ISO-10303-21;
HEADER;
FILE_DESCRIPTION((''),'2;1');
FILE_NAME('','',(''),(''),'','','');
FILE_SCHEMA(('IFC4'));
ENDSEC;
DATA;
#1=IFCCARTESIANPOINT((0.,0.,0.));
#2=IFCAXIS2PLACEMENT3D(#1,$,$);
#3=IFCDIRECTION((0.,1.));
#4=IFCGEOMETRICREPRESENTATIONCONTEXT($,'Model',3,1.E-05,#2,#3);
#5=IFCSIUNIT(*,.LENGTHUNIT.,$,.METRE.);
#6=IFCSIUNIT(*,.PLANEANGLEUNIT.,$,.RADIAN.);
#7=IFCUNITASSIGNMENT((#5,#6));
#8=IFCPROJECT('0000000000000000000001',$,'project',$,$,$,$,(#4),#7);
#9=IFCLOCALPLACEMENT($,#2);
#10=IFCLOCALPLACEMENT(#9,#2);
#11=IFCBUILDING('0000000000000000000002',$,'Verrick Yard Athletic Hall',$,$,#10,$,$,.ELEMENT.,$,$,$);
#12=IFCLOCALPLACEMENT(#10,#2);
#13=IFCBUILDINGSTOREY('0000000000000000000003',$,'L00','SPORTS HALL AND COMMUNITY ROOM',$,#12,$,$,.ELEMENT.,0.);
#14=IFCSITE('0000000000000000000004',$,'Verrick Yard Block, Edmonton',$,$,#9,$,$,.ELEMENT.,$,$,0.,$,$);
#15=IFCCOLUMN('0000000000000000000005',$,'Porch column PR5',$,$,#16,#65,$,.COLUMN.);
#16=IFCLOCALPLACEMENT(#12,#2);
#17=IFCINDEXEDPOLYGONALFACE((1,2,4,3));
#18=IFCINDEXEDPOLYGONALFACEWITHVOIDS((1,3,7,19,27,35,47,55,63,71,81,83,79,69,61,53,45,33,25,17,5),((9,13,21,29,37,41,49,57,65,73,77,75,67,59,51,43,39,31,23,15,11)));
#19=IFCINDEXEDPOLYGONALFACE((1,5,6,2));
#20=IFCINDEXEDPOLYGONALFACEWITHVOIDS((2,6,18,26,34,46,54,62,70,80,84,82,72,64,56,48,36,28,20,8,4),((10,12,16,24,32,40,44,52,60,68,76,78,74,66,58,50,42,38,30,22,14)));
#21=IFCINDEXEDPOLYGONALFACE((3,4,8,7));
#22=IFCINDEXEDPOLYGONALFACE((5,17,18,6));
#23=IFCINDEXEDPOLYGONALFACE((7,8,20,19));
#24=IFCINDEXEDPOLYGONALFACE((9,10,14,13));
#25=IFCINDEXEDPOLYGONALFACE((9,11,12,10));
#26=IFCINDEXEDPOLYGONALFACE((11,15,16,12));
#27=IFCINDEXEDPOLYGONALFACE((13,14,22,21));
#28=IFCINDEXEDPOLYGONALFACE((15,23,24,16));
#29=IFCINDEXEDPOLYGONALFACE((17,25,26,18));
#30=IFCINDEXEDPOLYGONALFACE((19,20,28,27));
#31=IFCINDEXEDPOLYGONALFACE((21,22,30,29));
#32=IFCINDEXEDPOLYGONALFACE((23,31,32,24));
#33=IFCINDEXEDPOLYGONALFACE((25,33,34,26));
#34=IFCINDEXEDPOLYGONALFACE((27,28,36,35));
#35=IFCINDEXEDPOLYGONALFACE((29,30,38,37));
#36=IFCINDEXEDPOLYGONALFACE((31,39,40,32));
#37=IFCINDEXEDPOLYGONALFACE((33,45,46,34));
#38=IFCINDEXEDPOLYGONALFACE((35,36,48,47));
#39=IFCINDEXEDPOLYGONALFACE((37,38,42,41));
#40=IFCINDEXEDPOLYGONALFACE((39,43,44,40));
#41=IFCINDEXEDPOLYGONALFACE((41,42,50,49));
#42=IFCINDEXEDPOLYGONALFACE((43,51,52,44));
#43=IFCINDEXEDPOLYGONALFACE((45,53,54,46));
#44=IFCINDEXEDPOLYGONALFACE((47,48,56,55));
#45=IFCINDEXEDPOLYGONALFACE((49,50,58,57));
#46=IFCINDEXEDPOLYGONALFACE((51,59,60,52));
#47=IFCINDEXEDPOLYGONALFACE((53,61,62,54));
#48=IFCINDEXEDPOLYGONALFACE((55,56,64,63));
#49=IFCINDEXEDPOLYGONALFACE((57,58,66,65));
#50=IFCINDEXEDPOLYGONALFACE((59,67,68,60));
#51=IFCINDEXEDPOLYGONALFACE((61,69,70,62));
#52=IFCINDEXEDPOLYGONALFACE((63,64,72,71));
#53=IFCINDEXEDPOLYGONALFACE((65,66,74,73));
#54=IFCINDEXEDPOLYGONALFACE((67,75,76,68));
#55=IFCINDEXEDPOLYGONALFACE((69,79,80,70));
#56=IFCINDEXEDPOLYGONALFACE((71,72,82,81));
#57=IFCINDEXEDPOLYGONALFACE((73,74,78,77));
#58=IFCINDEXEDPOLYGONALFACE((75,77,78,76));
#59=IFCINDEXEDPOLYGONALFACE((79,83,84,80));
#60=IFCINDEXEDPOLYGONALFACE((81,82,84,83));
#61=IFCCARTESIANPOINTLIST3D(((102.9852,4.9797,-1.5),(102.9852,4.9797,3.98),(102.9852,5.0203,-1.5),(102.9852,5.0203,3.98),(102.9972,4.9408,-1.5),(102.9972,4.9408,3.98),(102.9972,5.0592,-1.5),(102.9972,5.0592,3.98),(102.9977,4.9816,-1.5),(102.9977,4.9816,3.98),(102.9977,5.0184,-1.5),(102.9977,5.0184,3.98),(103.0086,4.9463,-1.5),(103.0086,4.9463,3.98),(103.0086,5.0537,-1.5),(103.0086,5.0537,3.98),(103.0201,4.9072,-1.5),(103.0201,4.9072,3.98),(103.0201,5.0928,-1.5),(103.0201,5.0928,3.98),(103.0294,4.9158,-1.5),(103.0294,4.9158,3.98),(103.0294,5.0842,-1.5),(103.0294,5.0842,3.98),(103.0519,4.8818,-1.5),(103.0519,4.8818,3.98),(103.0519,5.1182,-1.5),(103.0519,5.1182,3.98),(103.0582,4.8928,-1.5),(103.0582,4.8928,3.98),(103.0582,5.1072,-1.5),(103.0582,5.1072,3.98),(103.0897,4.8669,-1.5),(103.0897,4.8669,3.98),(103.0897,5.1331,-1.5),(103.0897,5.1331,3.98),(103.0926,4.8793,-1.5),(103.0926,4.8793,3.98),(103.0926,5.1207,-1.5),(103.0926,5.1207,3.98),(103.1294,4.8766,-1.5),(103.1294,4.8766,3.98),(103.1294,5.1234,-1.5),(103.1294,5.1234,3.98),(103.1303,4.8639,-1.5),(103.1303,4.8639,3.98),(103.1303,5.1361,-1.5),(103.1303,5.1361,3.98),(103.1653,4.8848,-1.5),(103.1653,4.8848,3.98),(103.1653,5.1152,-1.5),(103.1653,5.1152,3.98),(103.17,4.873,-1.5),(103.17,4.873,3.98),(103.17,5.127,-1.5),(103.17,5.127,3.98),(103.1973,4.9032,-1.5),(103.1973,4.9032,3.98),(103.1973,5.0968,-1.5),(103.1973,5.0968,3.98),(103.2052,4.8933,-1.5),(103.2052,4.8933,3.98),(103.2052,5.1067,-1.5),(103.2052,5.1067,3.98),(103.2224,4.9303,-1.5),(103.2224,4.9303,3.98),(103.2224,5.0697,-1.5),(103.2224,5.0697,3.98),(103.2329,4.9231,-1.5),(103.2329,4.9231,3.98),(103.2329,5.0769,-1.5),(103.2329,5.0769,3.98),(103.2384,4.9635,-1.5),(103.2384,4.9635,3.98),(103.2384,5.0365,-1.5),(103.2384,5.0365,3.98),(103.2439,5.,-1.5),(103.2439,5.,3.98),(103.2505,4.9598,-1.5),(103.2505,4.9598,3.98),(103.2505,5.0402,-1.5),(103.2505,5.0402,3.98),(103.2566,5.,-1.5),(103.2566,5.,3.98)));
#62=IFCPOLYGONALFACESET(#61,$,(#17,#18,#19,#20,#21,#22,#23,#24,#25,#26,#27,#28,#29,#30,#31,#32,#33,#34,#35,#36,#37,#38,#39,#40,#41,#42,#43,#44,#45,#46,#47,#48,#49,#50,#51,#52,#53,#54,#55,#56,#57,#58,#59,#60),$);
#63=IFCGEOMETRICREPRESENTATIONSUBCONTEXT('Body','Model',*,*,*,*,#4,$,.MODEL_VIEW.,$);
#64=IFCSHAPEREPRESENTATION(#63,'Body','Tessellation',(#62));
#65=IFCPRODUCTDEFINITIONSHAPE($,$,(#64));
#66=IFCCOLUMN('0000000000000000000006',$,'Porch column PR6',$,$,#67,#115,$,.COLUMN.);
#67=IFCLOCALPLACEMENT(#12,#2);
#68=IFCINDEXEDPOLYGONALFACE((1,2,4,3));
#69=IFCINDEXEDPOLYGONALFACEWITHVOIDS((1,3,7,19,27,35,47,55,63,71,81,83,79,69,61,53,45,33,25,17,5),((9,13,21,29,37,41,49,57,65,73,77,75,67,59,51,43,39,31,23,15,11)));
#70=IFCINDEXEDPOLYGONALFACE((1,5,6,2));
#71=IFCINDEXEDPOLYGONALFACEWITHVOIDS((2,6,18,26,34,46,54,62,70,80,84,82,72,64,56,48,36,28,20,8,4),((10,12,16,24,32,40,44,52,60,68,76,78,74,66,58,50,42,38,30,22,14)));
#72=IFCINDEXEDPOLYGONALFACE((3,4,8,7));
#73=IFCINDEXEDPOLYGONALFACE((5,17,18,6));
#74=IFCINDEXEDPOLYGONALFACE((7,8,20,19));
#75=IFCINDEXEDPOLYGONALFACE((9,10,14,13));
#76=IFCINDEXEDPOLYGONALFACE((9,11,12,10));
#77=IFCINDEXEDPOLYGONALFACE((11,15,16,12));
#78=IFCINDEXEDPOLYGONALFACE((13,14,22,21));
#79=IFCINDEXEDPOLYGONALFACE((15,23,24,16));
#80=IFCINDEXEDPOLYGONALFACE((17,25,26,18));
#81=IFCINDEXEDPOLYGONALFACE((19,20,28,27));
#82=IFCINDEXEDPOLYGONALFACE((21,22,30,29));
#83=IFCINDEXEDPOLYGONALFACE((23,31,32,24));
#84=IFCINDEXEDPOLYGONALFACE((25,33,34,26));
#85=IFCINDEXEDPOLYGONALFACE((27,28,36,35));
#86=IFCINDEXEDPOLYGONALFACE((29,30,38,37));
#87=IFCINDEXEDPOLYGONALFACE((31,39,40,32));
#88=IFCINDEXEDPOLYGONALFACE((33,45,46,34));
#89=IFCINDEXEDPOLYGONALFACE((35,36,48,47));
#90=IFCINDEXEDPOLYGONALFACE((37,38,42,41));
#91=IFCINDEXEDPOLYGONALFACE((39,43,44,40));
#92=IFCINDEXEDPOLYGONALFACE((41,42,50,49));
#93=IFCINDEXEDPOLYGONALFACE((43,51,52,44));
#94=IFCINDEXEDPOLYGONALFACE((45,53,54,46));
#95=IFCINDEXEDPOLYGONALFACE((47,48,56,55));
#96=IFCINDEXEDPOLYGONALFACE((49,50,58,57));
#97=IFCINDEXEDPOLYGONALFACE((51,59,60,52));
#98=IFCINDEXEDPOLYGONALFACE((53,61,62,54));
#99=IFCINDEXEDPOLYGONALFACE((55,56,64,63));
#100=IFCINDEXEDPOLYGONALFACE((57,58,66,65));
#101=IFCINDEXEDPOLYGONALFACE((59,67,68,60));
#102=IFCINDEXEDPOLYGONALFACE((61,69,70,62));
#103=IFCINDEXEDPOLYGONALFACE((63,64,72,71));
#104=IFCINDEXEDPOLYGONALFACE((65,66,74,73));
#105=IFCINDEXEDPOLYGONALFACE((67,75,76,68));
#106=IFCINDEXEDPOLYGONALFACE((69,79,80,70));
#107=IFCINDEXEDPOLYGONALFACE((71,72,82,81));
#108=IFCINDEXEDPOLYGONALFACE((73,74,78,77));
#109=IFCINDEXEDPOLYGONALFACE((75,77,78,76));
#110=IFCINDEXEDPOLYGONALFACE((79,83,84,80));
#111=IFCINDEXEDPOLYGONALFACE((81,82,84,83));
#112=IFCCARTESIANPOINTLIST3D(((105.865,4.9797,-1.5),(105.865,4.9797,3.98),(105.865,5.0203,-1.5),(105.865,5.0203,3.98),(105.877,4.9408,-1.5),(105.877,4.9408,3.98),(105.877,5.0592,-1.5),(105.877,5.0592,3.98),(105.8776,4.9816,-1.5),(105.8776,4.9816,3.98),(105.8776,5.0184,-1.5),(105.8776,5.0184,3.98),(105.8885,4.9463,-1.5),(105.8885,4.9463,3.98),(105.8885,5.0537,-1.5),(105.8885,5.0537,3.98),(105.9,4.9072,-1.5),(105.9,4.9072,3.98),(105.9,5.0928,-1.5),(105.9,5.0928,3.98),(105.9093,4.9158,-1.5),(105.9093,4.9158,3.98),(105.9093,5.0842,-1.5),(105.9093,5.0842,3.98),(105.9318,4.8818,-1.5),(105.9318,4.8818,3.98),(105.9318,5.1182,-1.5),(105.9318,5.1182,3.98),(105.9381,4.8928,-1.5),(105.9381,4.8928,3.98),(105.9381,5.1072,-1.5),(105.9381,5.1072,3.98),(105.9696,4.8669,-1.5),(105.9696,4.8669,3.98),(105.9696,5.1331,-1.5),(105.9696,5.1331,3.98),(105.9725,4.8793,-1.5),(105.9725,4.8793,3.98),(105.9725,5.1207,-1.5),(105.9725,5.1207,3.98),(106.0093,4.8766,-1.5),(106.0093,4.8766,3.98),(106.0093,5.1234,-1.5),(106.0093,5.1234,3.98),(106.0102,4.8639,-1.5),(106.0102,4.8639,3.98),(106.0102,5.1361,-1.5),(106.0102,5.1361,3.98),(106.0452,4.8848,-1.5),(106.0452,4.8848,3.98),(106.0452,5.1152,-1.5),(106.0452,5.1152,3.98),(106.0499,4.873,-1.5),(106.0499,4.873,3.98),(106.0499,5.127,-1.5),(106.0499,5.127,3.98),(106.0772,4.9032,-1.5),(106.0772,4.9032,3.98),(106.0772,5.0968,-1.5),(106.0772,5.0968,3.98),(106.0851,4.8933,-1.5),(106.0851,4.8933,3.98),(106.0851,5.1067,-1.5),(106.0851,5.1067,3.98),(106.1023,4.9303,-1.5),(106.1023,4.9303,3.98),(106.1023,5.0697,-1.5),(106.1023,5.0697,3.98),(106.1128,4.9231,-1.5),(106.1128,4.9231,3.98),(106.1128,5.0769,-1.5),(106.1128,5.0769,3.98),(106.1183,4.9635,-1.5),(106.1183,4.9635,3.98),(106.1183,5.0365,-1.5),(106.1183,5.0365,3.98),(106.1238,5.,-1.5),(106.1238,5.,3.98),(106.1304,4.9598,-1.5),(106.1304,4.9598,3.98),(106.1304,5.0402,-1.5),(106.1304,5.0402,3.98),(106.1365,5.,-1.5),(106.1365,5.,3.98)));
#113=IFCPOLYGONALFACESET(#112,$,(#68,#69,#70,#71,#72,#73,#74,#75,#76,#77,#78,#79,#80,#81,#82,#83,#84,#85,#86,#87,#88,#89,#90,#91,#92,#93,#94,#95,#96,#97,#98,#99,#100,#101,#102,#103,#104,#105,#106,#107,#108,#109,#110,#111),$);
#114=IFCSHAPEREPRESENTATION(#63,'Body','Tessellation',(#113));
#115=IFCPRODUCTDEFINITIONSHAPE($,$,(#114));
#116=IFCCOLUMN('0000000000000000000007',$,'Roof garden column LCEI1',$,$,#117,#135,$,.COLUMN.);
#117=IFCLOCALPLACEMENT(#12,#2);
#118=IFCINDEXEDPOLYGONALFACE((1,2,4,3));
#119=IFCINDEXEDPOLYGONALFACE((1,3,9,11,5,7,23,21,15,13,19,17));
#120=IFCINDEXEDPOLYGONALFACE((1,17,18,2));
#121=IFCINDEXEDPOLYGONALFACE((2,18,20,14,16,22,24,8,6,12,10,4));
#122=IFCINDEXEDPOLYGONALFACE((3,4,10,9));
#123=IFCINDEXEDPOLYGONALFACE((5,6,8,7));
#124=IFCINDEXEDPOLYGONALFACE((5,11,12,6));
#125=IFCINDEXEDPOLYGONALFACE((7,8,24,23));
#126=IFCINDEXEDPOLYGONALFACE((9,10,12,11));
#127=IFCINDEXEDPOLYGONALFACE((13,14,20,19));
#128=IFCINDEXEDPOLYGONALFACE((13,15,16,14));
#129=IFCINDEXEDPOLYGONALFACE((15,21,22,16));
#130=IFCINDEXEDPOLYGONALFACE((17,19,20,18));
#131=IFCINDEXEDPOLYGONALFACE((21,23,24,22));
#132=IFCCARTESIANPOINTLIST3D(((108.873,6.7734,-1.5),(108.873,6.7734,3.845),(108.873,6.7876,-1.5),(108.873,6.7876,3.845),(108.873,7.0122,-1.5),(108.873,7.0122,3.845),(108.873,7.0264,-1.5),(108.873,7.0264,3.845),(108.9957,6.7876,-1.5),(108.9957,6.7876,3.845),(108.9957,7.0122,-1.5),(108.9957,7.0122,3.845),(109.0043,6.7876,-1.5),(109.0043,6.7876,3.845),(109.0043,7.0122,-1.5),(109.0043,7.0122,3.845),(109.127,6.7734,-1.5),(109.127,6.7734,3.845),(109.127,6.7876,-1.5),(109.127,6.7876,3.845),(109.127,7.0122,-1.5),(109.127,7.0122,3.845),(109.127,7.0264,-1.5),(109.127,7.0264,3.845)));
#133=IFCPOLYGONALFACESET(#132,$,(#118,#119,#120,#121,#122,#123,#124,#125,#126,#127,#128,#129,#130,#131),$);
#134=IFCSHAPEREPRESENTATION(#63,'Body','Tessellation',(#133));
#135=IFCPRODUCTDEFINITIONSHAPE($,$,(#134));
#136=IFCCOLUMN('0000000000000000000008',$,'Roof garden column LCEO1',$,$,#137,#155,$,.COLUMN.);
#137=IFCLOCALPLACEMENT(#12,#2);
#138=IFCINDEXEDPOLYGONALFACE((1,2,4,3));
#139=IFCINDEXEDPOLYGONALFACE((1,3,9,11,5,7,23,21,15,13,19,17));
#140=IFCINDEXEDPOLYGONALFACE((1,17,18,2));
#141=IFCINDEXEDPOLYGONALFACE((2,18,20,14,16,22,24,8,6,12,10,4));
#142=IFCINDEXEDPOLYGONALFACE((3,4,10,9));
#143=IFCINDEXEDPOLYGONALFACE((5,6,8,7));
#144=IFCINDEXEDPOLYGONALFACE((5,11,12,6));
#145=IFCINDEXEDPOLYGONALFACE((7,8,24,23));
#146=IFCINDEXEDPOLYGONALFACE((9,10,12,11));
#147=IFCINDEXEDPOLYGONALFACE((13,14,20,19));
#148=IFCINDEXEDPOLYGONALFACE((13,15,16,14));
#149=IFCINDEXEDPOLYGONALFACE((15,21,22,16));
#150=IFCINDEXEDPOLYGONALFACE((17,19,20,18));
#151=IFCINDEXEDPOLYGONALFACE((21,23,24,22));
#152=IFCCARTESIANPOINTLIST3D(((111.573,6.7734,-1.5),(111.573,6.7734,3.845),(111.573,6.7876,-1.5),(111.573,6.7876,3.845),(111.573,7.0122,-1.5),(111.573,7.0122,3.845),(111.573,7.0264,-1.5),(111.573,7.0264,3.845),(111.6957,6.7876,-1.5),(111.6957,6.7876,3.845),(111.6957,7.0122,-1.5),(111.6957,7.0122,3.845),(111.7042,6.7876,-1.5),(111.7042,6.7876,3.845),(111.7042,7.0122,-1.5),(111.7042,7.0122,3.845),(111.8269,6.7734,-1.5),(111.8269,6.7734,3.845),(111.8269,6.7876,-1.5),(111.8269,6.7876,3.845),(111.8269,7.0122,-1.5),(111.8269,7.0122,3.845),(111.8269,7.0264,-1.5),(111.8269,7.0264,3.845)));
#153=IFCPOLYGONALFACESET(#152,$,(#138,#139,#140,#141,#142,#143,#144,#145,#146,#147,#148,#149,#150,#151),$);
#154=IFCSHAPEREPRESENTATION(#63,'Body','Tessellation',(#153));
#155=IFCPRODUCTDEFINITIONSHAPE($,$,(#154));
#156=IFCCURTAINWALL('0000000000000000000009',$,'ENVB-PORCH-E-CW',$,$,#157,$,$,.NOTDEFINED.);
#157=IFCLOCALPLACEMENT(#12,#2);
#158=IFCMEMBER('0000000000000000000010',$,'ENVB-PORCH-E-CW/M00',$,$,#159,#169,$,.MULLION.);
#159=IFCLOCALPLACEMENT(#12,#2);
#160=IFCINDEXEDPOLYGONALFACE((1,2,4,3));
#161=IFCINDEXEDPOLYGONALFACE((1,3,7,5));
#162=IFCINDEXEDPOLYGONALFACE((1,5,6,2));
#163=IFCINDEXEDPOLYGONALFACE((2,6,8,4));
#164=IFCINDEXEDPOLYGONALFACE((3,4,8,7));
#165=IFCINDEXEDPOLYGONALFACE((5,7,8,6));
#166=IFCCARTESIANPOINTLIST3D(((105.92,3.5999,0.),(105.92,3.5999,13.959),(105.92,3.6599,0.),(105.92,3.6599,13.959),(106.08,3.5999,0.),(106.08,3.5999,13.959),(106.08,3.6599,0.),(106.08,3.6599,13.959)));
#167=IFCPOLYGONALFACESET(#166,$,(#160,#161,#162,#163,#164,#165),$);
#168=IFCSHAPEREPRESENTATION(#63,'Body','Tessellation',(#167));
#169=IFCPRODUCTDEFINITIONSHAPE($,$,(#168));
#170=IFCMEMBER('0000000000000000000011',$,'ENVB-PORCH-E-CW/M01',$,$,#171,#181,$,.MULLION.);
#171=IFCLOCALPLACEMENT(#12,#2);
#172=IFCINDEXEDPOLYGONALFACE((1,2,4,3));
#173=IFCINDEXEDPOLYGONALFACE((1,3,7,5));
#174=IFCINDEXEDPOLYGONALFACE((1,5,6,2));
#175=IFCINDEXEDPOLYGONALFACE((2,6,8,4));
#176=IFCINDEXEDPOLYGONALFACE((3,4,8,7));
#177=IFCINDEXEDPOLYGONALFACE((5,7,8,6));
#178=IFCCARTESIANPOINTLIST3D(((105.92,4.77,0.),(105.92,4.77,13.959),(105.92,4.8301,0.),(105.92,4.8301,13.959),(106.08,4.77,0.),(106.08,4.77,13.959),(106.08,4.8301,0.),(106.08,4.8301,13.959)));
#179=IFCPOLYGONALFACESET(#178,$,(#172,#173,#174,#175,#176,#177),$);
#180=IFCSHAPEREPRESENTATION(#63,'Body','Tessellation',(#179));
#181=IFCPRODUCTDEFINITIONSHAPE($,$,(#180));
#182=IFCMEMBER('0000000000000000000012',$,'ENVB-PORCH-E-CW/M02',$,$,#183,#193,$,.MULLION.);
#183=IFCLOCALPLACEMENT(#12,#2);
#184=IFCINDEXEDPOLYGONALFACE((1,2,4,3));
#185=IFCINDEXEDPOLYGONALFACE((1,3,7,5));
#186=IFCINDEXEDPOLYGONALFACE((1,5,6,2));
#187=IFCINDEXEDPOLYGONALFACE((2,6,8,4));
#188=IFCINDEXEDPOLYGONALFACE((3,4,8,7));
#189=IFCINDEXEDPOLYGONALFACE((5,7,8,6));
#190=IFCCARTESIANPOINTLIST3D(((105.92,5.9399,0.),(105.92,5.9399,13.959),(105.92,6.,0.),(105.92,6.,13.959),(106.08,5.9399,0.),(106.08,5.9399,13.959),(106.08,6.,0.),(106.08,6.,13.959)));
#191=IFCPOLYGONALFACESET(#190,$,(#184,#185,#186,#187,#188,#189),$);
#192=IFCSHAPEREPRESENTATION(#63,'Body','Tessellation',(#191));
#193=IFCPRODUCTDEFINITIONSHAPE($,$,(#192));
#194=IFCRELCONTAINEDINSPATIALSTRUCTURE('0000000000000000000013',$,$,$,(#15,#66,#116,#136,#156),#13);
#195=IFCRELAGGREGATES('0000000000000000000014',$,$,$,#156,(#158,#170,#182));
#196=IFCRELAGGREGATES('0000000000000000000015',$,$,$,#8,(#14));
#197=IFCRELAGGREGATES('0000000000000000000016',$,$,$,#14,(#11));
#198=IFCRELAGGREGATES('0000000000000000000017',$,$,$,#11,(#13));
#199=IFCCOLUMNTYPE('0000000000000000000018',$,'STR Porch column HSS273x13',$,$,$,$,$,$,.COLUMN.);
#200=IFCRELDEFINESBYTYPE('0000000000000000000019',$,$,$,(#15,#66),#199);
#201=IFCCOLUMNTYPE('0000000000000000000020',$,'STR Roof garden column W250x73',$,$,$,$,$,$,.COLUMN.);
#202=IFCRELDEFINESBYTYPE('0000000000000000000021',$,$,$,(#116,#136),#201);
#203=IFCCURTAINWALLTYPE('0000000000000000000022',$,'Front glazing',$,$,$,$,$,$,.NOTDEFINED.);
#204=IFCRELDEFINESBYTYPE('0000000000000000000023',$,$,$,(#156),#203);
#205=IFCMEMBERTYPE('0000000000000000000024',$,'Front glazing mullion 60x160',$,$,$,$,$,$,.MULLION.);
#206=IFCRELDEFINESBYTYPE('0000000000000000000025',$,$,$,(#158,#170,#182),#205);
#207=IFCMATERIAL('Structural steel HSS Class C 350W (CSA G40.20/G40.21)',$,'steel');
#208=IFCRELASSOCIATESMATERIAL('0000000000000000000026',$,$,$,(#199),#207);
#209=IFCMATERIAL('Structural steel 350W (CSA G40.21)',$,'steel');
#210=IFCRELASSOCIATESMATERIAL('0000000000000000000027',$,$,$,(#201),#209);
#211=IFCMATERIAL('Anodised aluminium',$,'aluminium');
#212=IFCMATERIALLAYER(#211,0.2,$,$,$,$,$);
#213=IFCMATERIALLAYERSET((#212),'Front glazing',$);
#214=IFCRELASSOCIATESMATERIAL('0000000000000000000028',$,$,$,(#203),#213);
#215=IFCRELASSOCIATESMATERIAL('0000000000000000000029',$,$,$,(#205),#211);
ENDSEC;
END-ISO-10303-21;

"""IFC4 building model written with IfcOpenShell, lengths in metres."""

from ifc_helpers import new_model, si_unit, direction, frame, origin, origin_2d, place, context, subcontext, project, spatial, rectangle, hollow_circle, i_section, extrude, material, layer, layer_set, material_profile, profile_set, type_object, element, aggregate, save


model = new_model("IFC4")

# Units and contexts
model_context = context("Model", 3, precision=1e-05, world=origin(), true_north=direction((0.0, 1.0)))
body_context = subcontext(model_context, "Body", "Model", "MODEL_VIEW")
ifc_project = project(units=[si_unit("LENGTHUNIT", "METRE"), si_unit("PLANEANGLEUNIT", "RADIAN")], contexts=[model_context])

# Site, building, storey
site_placement = place(None, origin())
site = spatial("IfcSite", under=ifc_project, at=site_placement, Name="Verrick Yard Block, Edmonton", CompositionType="ELEMENT", RefElevation=0.0)
building_placement = place(site_placement, origin())
building = spatial("IfcBuilding", under=site, at=building_placement, Name="Verrick Yard Athletic Hall", CompositionType="ELEMENT")
storey_placement = place(building_placement, origin())
storey = spatial("IfcBuildingStorey", under=building, at=storey_placement, Name="L00", Description="SPORTS HALL AND COMMUNITY ROOM", CompositionType="ELEMENT", Elevation=0.0)

# Columns
ifc_material_1 = material(Name="Structural steel HSS Class C 350W (CSA G40.20/G40.21)", Category="steel")
ifc_material_profile_1 = material_profile(ifc_material_1, hollow_circle(Radius=0.1365, WallThickness=0.0127, at=origin_2d()), Name="HSS273x13")
ifc_profile_set_1 = profile_set([ifc_material_profile_1], Name="Structural steel HSS Class C 350W (CSA G40.20/G40.21)")
column_type_1 = type_object("IfcColumnType", Name="STR Porch column HSS273x13", PredefinedType="COLUMN", material=ifc_profile_set_1)
for number, where, z_axis, x_axis, name in (
    (1, (103.1201, 5.0, -1.5), (0.0, 0.0, 1.0), (1.0, 0.0, 0.0), "Porch column PR5"),
    (2, (106.0, 5.0, -1.5), (0.0, 0.0, 1.0), (1.0, 0.0, 0.0), "Porch column PR6"),
):
    element("IfcColumn", number, at=place(storey_placement, frame(where, z_axis=z_axis, x_axis=x_axis)), inside=storey, type_object=column_type_1, Name=name, PredefinedType="COLUMN", context=body_context, shape_type="SweptSolid", body=[
        extrude(hollow_circle(Radius=0.1365, WallThickness=0.0127, at=origin_2d()), origin(), (0.0, 0.0, 1.0), 5.48),
    ])
ifc_material_2 = material(Name="Structural steel 350W (CSA G40.21)", Category="steel")
ifc_material_profile_2 = material_profile(ifc_material_2, i_section(OverallWidth=0.2539, OverallDepth=0.2529, WebThickness=0.0085, FlangeThickness=0.0142, at=origin_2d()), Name="W250x73")
ifc_profile_set_2 = profile_set([ifc_material_profile_2], Name="Structural steel 350W (CSA G40.21)")
column_type_2 = type_object("IfcColumnType", Name="STR Roof garden column W250x73", PredefinedType="COLUMN", material=ifc_profile_set_2)
for number, where, z_axis, x_axis, name in (
    (3, (109.0, 6.8999, -1.5), (0.0, 0.0, 1.0), (1.0, 0.0, 0.0), "Roof garden column LCEI1"),
    (4, (111.7, 6.8999, -1.5), (0.0, 0.0, 1.0), (1.0, 0.0, 0.0), "Roof garden column LCEO1"),
):
    element("IfcColumn", number, at=place(storey_placement, frame(where, z_axis=z_axis, x_axis=x_axis)), inside=storey, type_object=column_type_2, Name=name, PredefinedType="COLUMN", context=body_context, shape_type="SweptSolid", body=[
        extrude(i_section(OverallWidth=0.2539, OverallDepth=0.2529, WebThickness=0.0085, FlangeThickness=0.0142, at=origin_2d()), origin(), (0.0, 0.0, 1.0), 5.345),
    ])

# Curtain wall, members
ifc_material_3 = material(Name="Anodised aluminium", Category="aluminium")
ifc_layer_1 = layer(ifc_material_3, 0.2)
ifc_layer_set_1 = layer_set([ifc_layer_1], Name="Front glazing")
curtain_wall_type = type_object("IfcCurtainWallType", Name="Front glazing", PredefinedType="NOTDEFINED", material=ifc_layer_set_1)
curtain_wall_placement = place(storey_placement, origin())
curtain_wall = element("IfcCurtainWall", 5, at=curtain_wall_placement, inside=storey, type_object=curtain_wall_type, Name="ENVB-PORCH-E-CW", PredefinedType="NOTDEFINED")
ifc_material_profile_3 = material_profile(ifc_material_3, rectangle(XDim=0.1599, YDim=0.0601, at=origin_2d()), Name="CW mullion 60x160")
ifc_profile_set_3 = profile_set([ifc_material_profile_3], Name="Anodised aluminium")
member_type_1 = type_object("IfcMemberType", Name="Front glazing mullion 60x160", PredefinedType="MULLION", material=ifc_profile_set_3)
member_1_placement = place(storey_placement, frame((106.0, 3.6299, 0.0), z_axis=(0.0, 0.0, 1.0), x_axis=(-1.0, 0.0, 0.0)))
member_1 = element("IfcMember", 6, at=member_1_placement, type_object=member_type_1, Name="ENVB-PORCH-E-CW/M00", PredefinedType="MULLION", context=body_context, shape_type="SweptSolid", body=[
    extrude(rectangle(XDim=0.1599, YDim=0.0601, at=origin_2d()), origin(), (0.0, 0.0, 1.0), 13.959),
])
member_2_placement = place(storey_placement, frame((106.0, 4.8, 0.0), z_axis=(0.0, 0.0, 1.0), x_axis=(-1.0, 0.0, 0.0)))
member_2 = element("IfcMember", 7, at=member_2_placement, type_object=member_type_1, Name="ENVB-PORCH-E-CW/M01", PredefinedType="MULLION", context=body_context, shape_type="SweptSolid", body=[
    extrude(rectangle(XDim=0.1599, YDim=0.0601, at=origin_2d()), origin(), (0.0, 0.0, 1.0), 13.959),
])
member_3_placement = place(storey_placement, frame((106.0, 5.97, 0.0), z_axis=(0.0, 0.0, 1.0), x_axis=(-1.0, 0.0, 0.0)))
member_3 = element("IfcMember", 8, at=member_3_placement, type_object=member_type_1, Name="ENVB-PORCH-E-CW/M02", PredefinedType="MULLION", context=body_context, shape_type="SweptSolid", body=[
    extrude(rectangle(XDim=0.1599, YDim=0.0601, at=origin_2d()), origin(), (0.0, 0.0, 1.0), 13.959),
])
aggregate(curtain_wall, [member_1, member_2, member_3])

save(model, "model.ifc")
